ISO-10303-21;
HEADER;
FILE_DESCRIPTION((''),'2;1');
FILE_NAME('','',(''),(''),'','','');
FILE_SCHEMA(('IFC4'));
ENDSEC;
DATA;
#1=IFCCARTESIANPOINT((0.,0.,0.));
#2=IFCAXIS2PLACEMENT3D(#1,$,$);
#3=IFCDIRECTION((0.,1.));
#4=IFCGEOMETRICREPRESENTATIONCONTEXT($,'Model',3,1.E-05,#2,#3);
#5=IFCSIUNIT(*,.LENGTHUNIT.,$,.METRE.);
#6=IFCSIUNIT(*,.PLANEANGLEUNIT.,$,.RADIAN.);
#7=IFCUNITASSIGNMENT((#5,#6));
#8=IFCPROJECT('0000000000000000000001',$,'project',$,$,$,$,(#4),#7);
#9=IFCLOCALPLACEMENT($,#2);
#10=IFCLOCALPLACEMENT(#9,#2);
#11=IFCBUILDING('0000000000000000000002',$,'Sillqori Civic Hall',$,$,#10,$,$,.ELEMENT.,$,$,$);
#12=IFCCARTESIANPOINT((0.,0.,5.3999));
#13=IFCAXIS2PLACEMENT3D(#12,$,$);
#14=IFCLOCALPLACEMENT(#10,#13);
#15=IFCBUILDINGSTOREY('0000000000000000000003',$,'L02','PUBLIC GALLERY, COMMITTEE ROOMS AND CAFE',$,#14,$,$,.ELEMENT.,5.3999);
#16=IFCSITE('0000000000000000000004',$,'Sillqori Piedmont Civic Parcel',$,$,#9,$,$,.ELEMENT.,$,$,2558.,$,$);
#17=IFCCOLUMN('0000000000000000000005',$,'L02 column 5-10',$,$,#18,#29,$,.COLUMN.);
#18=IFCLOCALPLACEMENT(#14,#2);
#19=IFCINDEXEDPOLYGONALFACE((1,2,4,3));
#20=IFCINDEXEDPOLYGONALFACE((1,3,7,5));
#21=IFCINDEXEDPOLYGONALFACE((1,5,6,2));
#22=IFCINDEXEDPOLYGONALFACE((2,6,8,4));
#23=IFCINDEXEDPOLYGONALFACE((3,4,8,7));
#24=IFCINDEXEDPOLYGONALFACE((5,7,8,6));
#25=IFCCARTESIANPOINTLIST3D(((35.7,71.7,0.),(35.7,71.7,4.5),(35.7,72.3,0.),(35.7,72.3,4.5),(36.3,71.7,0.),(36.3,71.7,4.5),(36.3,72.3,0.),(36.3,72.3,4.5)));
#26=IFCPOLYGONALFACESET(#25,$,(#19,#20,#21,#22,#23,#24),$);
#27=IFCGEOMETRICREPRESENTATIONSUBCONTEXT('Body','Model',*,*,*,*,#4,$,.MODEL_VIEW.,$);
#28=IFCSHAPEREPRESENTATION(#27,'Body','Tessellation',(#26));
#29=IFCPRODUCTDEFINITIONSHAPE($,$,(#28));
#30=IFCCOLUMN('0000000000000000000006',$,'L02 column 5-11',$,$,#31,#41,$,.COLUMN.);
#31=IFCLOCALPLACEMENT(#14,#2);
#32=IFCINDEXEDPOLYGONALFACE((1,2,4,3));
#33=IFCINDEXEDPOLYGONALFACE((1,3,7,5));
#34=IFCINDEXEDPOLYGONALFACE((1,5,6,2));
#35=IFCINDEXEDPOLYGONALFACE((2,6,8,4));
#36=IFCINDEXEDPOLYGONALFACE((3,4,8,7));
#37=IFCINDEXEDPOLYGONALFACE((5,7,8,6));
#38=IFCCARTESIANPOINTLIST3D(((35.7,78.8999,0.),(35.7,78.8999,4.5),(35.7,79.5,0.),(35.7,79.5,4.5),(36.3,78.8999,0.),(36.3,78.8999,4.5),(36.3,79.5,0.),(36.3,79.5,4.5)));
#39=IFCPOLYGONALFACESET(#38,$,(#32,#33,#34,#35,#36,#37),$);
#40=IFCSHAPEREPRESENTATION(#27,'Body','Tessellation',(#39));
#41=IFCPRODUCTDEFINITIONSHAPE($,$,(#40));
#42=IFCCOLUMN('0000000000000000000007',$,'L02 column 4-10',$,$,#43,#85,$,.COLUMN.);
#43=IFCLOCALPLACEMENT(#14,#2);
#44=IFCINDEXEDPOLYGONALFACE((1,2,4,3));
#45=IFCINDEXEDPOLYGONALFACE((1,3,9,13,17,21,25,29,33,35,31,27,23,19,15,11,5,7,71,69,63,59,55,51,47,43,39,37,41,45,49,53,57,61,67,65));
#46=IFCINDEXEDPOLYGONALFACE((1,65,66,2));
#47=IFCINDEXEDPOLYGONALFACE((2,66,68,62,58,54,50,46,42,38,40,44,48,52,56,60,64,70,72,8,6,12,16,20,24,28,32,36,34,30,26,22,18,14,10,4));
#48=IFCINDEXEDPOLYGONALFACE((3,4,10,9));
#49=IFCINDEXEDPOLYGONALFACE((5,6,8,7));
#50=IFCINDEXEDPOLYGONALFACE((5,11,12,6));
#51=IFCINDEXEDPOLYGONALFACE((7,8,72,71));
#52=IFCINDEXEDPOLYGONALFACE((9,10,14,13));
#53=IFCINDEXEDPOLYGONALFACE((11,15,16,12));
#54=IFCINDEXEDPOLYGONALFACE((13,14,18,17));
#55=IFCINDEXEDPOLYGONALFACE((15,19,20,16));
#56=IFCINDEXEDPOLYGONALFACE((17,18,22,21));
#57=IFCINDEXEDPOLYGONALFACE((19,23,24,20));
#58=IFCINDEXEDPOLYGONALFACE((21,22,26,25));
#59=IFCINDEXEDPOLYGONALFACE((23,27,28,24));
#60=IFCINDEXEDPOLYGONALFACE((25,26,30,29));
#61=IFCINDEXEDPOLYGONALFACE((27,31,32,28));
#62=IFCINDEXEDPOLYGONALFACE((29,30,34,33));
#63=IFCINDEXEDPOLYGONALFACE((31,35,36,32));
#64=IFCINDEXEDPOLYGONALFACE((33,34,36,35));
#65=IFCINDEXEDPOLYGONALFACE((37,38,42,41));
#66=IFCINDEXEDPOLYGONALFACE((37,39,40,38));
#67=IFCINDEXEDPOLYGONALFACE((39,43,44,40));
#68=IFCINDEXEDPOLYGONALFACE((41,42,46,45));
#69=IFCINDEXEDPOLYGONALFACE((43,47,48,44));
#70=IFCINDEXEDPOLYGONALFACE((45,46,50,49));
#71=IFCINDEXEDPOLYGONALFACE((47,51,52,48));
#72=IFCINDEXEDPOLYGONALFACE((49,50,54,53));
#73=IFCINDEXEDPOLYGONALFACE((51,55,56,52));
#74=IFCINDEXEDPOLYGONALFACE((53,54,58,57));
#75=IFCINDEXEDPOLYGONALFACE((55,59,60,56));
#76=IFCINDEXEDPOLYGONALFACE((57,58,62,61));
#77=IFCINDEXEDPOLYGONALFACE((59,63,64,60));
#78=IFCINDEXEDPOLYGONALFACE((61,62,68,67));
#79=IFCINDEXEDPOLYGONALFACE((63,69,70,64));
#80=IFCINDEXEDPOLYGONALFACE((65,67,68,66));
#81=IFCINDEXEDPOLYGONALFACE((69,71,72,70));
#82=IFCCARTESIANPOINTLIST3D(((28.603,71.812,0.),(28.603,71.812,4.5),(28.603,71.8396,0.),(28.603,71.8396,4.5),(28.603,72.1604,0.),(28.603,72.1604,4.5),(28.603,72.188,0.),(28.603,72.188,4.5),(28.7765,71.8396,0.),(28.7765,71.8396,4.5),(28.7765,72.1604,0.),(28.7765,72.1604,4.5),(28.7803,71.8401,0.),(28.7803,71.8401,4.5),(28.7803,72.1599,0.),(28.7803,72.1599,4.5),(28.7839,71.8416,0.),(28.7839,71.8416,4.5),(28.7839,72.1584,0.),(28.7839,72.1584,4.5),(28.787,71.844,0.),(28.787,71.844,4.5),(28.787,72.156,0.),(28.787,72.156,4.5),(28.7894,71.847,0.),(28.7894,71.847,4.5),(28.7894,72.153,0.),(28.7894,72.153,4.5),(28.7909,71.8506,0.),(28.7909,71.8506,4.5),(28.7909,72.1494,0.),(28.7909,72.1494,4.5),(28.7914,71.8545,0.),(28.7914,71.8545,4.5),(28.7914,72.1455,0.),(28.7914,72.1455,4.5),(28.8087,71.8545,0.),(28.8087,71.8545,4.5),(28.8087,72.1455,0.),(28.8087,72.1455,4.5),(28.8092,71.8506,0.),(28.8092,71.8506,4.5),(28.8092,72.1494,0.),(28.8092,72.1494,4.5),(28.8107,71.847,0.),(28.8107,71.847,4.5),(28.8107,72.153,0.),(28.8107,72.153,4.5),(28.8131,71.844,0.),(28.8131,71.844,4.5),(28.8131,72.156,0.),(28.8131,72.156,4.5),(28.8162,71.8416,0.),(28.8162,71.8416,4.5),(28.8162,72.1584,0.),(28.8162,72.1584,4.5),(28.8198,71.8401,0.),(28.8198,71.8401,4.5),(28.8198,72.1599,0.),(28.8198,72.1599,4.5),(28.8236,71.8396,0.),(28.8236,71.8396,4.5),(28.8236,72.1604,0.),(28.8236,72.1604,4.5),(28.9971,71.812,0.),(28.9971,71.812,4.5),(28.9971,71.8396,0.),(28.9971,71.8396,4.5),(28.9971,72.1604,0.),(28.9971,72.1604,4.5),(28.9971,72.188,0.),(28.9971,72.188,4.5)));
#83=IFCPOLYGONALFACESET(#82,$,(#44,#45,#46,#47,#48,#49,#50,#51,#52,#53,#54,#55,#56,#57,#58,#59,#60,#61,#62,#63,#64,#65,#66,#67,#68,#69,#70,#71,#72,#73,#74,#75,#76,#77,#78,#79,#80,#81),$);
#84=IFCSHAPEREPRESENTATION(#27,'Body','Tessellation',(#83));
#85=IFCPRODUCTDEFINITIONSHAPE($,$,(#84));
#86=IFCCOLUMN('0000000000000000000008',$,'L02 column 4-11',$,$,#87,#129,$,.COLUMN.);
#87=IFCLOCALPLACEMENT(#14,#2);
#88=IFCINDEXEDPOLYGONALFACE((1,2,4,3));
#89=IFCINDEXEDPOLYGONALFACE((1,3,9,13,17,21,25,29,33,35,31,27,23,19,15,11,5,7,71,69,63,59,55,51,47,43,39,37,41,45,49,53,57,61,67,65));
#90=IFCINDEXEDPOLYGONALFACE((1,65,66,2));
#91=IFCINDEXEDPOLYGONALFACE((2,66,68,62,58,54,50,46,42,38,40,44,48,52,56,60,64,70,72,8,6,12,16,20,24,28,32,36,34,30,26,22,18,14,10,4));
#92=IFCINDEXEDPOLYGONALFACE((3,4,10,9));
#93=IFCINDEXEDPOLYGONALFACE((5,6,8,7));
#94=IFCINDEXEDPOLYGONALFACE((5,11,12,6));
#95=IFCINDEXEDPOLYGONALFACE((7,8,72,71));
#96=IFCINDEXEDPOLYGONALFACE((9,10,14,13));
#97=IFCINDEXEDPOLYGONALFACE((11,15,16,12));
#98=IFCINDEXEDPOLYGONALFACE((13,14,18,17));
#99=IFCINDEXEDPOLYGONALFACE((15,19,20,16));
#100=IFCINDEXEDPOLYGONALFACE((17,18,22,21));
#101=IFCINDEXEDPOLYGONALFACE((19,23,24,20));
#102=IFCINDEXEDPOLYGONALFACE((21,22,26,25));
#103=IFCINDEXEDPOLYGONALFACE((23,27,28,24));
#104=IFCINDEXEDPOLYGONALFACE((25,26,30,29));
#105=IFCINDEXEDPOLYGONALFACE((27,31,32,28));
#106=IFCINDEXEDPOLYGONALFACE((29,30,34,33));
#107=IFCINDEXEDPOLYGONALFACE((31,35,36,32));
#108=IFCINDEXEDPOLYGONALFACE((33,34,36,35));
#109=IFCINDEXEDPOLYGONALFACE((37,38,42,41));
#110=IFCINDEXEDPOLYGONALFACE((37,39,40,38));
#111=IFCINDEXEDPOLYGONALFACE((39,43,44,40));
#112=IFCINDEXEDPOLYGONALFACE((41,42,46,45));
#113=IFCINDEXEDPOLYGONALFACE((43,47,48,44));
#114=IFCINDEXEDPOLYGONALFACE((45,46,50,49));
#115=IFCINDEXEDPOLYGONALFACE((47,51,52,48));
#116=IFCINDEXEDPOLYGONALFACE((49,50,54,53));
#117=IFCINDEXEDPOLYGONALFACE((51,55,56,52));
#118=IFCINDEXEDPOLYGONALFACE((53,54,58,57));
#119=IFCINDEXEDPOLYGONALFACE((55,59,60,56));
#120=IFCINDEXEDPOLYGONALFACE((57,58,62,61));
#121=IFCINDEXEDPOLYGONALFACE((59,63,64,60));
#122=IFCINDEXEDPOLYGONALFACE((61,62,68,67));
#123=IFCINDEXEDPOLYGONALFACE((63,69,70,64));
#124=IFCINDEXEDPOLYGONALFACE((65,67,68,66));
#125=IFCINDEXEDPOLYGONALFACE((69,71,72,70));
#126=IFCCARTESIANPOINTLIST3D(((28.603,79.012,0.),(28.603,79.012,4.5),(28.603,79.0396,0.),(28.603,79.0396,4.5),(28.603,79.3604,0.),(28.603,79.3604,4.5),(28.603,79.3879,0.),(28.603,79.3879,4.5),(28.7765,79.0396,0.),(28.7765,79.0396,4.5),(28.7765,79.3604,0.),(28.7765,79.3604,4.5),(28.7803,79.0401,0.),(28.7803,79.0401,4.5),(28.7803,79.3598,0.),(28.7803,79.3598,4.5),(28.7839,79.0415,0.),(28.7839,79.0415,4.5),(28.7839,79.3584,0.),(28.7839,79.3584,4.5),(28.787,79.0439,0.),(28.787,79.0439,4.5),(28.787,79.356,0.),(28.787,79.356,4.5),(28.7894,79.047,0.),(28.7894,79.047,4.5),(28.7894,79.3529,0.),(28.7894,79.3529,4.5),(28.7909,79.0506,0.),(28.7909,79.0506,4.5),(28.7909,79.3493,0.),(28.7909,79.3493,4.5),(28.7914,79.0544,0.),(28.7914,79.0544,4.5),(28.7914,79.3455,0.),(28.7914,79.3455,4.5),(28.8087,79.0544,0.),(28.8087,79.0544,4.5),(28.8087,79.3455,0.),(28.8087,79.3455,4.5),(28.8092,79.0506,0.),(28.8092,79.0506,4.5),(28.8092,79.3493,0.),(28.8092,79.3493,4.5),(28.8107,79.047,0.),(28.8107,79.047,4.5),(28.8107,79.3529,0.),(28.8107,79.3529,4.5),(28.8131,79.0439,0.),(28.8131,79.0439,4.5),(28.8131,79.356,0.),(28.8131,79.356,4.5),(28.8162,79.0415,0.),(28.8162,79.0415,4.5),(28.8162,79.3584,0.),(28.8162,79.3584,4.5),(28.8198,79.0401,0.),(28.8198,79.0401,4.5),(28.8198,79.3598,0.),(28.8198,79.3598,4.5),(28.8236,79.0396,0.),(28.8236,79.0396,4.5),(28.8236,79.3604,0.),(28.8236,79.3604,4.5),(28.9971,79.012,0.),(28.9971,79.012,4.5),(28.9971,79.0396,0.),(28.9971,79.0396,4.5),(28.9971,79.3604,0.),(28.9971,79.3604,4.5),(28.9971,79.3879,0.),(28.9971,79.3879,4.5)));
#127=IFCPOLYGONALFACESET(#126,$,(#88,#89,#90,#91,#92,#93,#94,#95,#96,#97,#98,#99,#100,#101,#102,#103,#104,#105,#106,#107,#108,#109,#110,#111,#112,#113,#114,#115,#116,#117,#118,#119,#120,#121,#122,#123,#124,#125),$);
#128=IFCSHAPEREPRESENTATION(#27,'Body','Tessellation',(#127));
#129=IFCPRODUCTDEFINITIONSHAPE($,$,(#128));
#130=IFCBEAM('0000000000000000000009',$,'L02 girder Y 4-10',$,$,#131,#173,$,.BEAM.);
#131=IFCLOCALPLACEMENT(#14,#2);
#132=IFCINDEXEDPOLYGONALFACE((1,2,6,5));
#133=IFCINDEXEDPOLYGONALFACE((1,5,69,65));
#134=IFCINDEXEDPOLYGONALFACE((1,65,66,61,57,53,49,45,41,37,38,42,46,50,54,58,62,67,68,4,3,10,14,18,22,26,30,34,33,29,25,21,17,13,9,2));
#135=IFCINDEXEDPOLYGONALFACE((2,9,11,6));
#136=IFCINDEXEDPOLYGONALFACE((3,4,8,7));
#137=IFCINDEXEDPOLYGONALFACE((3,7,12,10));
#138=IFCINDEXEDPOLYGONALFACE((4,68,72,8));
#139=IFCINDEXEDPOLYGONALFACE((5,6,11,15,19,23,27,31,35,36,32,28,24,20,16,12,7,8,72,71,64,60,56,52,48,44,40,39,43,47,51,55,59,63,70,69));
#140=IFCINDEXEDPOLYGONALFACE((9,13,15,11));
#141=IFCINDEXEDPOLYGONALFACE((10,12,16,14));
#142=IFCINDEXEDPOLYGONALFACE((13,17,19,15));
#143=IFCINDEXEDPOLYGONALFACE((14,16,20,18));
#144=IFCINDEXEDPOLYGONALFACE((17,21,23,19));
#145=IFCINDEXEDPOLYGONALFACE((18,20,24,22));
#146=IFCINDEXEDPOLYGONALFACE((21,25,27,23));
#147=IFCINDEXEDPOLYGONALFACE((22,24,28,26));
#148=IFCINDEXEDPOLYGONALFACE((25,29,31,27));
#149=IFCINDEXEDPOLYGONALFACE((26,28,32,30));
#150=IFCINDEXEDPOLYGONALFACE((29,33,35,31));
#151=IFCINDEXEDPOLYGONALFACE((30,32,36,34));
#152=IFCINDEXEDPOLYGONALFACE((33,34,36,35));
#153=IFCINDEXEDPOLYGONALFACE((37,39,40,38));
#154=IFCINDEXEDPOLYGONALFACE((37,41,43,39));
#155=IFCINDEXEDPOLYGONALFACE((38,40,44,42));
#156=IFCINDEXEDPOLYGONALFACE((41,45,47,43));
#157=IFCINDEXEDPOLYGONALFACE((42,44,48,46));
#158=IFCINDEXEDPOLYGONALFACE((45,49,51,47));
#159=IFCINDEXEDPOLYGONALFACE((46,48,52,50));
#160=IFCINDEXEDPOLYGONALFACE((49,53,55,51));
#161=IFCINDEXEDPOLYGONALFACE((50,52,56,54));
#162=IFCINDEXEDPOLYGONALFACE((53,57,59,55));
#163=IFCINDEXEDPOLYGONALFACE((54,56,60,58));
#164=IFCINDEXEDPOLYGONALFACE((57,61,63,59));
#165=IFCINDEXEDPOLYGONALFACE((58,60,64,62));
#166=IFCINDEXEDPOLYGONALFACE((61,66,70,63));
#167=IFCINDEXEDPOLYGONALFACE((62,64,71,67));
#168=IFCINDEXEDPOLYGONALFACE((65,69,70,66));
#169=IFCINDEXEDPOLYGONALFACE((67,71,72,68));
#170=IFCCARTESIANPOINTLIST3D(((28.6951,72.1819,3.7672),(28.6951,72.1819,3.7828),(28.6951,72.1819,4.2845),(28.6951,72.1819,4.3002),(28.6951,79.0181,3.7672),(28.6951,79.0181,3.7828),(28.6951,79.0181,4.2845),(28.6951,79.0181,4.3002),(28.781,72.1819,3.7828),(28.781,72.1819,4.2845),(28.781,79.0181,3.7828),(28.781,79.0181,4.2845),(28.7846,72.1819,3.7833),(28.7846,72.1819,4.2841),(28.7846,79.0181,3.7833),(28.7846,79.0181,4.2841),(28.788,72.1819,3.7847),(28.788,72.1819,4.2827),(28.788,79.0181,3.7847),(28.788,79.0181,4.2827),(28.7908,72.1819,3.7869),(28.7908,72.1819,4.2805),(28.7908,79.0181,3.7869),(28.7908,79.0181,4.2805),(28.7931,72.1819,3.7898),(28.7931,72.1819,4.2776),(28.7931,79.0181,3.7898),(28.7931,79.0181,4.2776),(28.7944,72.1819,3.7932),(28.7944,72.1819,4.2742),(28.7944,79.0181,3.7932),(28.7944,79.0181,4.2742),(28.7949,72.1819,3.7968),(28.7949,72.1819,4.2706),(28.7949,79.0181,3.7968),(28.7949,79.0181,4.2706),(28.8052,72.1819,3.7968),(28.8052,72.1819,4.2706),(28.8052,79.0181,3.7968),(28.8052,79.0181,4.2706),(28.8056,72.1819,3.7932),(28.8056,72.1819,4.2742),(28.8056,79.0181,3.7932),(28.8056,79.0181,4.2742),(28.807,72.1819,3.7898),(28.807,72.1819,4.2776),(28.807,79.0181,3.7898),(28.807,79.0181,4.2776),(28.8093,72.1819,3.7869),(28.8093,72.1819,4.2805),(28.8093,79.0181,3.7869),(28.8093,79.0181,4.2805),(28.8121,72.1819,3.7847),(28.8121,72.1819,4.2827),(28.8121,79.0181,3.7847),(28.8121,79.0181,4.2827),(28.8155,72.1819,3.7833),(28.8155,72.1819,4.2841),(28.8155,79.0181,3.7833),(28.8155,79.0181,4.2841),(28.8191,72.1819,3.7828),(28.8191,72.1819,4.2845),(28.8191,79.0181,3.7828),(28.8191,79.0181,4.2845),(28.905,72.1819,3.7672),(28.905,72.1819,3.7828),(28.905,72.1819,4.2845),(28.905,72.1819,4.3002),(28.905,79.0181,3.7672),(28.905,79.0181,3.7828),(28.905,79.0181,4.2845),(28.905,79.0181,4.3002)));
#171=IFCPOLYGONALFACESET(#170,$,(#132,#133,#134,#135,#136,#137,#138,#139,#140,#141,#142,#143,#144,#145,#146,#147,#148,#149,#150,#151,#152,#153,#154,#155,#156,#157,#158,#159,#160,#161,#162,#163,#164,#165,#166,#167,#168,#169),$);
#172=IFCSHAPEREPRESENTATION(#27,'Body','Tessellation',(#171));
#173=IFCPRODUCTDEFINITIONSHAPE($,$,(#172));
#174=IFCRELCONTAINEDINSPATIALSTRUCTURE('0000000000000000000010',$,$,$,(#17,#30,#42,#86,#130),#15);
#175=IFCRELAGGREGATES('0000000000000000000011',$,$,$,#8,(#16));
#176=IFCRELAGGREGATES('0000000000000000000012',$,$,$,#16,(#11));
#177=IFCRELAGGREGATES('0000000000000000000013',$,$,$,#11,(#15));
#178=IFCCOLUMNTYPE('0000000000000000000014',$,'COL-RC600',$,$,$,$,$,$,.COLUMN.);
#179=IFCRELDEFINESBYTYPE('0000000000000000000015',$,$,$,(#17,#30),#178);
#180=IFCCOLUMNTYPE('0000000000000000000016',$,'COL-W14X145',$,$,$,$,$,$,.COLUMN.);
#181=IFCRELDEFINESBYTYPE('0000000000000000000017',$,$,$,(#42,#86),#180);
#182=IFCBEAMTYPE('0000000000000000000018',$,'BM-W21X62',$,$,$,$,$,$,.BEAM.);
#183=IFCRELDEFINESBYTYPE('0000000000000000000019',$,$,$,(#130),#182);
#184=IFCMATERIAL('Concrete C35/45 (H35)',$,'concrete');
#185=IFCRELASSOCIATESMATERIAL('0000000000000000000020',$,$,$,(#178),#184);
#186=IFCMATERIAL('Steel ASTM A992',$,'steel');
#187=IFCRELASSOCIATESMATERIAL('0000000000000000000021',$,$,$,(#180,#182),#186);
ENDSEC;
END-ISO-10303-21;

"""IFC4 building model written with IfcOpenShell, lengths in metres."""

from ifc_helpers import new_model, si_unit, direction, frame, origin, origin_2d, place, context, subcontext, project, spatial, rectangle, i_section, extrude, material, material_profile, profile_set, type_object, element, save


model = new_model("IFC4")

# Units and contexts
model_context = context("Model", 3, precision=1e-05, world=origin(), true_north=direction((0.0, 1.0)))
body_context = subcontext(model_context, "Body", "Model", "MODEL_VIEW")
ifc_project = project(units=[si_unit("LENGTHUNIT", "METRE"), si_unit("PLANEANGLEUNIT", "RADIAN")], contexts=[model_context])

# Site, building, storey
site_placement = place(None, origin())
site = spatial("IfcSite", under=ifc_project, at=site_placement, Name="Sillqori Piedmont Civic Parcel", CompositionType="ELEMENT", RefElevation=2558.0)
building_placement = place(site_placement, origin())
building = spatial("IfcBuilding", under=site, at=building_placement, Name="Sillqori Civic Hall", CompositionType="ELEMENT")
storey_placement = place(building_placement, frame((0.0, 0.0, 5.3999)))
storey = spatial("IfcBuildingStorey", under=building, at=storey_placement, Name="L02", Description="PUBLIC GALLERY, COMMITTEE ROOMS AND CAFE", CompositionType="ELEMENT", Elevation=5.3999)

# Columns
ifc_material_1 = material(Name="Concrete C35/45 (H35)", Category="concrete")
ifc_material_profile_1 = material_profile(ifc_material_1, rectangle(XDim=0.6001, YDim=0.6001, at=origin_2d()), Name="RC 600x600")
ifc_profile_set_1 = profile_set([ifc_material_profile_1], Name="Concrete C35/45 (H35)")
column_type_1 = type_object("IfcColumnType", Name="COL-RC600", PredefinedType="COLUMN", material=ifc_profile_set_1)
for number, where, z_axis, x_axis, name in (
    (1, (36.0, 72.0, 0.0), (0.0, 0.0, 1.0), (1.0, 0.0, 0.0), "L02 column 5-10"),
    (2, (36.0, 79.2, 0.0), (0.0, 0.0, 1.0), (1.0, 0.0, 0.0), "L02 column 5-11"),
):
    element("IfcColumn", number, at=place(storey_placement, frame(where, z_axis=z_axis, x_axis=x_axis)), inside=storey, type_object=column_type_1, Name=name, PredefinedType="COLUMN", context=body_context, shape_type="SweptSolid", body=[
        extrude(rectangle(XDim=0.6001, YDim=0.6001, at=origin_2d()), origin(), (0.0, 0.0, 1.0), 4.5),
    ])
ifc_material_2 = material(Name="Steel ASTM A992", Category="steel")
ifc_material_profile_2 = material_profile(ifc_material_2, i_section(OverallWidth=0.394, OverallDepth=0.376, WebThickness=0.0173, FlangeThickness=0.0276, FilletRadius=0.0149, at=origin_2d()), Name="W14X145")
ifc_profile_set_2 = profile_set([ifc_material_profile_2], Name="Steel ASTM A992")
column_type_2 = type_object("IfcColumnType", Name="COL-W14X145", PredefinedType="COLUMN", material=ifc_profile_set_2)
for number, where, z_axis, x_axis, name in (
    (3, (28.8, 72.0, 0.0), (0.0, 0.0, 1.0), (1.0, 0.0, 0.0), "L02 column 4-10"),
    (4, (28.8, 79.2, 0.0), (0.0, 0.0, 1.0), (1.0, 0.0, 0.0), "L02 column 4-11"),
):
    element("IfcColumn", number, at=place(storey_placement, frame(where, z_axis=z_axis, x_axis=x_axis)), inside=storey, type_object=column_type_2, Name=name, PredefinedType="COLUMN", context=body_context, shape_type="SweptSolid", body=[
        extrude(i_section(OverallWidth=0.394, OverallDepth=0.376, WebThickness=0.0173, FlangeThickness=0.0276, FilletRadius=0.0149, at=origin_2d()), origin(), (0.0, 0.0, 1.0), 4.5),
    ])

# Beam
ifc_material_profile_3 = material_profile(ifc_material_2, i_section(OverallWidth=0.21, OverallDepth=0.533, WebThickness=0.0103, FlangeThickness=0.0156, FilletRadius=0.0139, at=origin_2d()), Name="W21X62")
ifc_profile_set_3 = profile_set([ifc_material_profile_3], Name="Steel ASTM A992")
beam_type_1 = type_object("IfcBeamType", Name="BM-W21X62", PredefinedType="BEAM", material=ifc_profile_set_3)
beam_1_placement = place(storey_placement, frame((28.8, 72.1819, 4.0337), z_axis=(0.0, 1.0, 0.0), x_axis=(-1.0, 0.0, 0.0)))
element("IfcBeam", 5, at=beam_1_placement, inside=storey, type_object=beam_type_1, Name="L02 girder Y 4-10", PredefinedType="BEAM", context=body_context, shape_type="SweptSolid", body=[
    extrude(i_section(OverallWidth=0.21, OverallDepth=0.533, WebThickness=0.0103, FlangeThickness=0.0156, FilletRadius=0.0139, at=origin_2d()), origin(), (0.0, 0.0, 1.0), 6.8362),
])

save(model, "model.ifc")
